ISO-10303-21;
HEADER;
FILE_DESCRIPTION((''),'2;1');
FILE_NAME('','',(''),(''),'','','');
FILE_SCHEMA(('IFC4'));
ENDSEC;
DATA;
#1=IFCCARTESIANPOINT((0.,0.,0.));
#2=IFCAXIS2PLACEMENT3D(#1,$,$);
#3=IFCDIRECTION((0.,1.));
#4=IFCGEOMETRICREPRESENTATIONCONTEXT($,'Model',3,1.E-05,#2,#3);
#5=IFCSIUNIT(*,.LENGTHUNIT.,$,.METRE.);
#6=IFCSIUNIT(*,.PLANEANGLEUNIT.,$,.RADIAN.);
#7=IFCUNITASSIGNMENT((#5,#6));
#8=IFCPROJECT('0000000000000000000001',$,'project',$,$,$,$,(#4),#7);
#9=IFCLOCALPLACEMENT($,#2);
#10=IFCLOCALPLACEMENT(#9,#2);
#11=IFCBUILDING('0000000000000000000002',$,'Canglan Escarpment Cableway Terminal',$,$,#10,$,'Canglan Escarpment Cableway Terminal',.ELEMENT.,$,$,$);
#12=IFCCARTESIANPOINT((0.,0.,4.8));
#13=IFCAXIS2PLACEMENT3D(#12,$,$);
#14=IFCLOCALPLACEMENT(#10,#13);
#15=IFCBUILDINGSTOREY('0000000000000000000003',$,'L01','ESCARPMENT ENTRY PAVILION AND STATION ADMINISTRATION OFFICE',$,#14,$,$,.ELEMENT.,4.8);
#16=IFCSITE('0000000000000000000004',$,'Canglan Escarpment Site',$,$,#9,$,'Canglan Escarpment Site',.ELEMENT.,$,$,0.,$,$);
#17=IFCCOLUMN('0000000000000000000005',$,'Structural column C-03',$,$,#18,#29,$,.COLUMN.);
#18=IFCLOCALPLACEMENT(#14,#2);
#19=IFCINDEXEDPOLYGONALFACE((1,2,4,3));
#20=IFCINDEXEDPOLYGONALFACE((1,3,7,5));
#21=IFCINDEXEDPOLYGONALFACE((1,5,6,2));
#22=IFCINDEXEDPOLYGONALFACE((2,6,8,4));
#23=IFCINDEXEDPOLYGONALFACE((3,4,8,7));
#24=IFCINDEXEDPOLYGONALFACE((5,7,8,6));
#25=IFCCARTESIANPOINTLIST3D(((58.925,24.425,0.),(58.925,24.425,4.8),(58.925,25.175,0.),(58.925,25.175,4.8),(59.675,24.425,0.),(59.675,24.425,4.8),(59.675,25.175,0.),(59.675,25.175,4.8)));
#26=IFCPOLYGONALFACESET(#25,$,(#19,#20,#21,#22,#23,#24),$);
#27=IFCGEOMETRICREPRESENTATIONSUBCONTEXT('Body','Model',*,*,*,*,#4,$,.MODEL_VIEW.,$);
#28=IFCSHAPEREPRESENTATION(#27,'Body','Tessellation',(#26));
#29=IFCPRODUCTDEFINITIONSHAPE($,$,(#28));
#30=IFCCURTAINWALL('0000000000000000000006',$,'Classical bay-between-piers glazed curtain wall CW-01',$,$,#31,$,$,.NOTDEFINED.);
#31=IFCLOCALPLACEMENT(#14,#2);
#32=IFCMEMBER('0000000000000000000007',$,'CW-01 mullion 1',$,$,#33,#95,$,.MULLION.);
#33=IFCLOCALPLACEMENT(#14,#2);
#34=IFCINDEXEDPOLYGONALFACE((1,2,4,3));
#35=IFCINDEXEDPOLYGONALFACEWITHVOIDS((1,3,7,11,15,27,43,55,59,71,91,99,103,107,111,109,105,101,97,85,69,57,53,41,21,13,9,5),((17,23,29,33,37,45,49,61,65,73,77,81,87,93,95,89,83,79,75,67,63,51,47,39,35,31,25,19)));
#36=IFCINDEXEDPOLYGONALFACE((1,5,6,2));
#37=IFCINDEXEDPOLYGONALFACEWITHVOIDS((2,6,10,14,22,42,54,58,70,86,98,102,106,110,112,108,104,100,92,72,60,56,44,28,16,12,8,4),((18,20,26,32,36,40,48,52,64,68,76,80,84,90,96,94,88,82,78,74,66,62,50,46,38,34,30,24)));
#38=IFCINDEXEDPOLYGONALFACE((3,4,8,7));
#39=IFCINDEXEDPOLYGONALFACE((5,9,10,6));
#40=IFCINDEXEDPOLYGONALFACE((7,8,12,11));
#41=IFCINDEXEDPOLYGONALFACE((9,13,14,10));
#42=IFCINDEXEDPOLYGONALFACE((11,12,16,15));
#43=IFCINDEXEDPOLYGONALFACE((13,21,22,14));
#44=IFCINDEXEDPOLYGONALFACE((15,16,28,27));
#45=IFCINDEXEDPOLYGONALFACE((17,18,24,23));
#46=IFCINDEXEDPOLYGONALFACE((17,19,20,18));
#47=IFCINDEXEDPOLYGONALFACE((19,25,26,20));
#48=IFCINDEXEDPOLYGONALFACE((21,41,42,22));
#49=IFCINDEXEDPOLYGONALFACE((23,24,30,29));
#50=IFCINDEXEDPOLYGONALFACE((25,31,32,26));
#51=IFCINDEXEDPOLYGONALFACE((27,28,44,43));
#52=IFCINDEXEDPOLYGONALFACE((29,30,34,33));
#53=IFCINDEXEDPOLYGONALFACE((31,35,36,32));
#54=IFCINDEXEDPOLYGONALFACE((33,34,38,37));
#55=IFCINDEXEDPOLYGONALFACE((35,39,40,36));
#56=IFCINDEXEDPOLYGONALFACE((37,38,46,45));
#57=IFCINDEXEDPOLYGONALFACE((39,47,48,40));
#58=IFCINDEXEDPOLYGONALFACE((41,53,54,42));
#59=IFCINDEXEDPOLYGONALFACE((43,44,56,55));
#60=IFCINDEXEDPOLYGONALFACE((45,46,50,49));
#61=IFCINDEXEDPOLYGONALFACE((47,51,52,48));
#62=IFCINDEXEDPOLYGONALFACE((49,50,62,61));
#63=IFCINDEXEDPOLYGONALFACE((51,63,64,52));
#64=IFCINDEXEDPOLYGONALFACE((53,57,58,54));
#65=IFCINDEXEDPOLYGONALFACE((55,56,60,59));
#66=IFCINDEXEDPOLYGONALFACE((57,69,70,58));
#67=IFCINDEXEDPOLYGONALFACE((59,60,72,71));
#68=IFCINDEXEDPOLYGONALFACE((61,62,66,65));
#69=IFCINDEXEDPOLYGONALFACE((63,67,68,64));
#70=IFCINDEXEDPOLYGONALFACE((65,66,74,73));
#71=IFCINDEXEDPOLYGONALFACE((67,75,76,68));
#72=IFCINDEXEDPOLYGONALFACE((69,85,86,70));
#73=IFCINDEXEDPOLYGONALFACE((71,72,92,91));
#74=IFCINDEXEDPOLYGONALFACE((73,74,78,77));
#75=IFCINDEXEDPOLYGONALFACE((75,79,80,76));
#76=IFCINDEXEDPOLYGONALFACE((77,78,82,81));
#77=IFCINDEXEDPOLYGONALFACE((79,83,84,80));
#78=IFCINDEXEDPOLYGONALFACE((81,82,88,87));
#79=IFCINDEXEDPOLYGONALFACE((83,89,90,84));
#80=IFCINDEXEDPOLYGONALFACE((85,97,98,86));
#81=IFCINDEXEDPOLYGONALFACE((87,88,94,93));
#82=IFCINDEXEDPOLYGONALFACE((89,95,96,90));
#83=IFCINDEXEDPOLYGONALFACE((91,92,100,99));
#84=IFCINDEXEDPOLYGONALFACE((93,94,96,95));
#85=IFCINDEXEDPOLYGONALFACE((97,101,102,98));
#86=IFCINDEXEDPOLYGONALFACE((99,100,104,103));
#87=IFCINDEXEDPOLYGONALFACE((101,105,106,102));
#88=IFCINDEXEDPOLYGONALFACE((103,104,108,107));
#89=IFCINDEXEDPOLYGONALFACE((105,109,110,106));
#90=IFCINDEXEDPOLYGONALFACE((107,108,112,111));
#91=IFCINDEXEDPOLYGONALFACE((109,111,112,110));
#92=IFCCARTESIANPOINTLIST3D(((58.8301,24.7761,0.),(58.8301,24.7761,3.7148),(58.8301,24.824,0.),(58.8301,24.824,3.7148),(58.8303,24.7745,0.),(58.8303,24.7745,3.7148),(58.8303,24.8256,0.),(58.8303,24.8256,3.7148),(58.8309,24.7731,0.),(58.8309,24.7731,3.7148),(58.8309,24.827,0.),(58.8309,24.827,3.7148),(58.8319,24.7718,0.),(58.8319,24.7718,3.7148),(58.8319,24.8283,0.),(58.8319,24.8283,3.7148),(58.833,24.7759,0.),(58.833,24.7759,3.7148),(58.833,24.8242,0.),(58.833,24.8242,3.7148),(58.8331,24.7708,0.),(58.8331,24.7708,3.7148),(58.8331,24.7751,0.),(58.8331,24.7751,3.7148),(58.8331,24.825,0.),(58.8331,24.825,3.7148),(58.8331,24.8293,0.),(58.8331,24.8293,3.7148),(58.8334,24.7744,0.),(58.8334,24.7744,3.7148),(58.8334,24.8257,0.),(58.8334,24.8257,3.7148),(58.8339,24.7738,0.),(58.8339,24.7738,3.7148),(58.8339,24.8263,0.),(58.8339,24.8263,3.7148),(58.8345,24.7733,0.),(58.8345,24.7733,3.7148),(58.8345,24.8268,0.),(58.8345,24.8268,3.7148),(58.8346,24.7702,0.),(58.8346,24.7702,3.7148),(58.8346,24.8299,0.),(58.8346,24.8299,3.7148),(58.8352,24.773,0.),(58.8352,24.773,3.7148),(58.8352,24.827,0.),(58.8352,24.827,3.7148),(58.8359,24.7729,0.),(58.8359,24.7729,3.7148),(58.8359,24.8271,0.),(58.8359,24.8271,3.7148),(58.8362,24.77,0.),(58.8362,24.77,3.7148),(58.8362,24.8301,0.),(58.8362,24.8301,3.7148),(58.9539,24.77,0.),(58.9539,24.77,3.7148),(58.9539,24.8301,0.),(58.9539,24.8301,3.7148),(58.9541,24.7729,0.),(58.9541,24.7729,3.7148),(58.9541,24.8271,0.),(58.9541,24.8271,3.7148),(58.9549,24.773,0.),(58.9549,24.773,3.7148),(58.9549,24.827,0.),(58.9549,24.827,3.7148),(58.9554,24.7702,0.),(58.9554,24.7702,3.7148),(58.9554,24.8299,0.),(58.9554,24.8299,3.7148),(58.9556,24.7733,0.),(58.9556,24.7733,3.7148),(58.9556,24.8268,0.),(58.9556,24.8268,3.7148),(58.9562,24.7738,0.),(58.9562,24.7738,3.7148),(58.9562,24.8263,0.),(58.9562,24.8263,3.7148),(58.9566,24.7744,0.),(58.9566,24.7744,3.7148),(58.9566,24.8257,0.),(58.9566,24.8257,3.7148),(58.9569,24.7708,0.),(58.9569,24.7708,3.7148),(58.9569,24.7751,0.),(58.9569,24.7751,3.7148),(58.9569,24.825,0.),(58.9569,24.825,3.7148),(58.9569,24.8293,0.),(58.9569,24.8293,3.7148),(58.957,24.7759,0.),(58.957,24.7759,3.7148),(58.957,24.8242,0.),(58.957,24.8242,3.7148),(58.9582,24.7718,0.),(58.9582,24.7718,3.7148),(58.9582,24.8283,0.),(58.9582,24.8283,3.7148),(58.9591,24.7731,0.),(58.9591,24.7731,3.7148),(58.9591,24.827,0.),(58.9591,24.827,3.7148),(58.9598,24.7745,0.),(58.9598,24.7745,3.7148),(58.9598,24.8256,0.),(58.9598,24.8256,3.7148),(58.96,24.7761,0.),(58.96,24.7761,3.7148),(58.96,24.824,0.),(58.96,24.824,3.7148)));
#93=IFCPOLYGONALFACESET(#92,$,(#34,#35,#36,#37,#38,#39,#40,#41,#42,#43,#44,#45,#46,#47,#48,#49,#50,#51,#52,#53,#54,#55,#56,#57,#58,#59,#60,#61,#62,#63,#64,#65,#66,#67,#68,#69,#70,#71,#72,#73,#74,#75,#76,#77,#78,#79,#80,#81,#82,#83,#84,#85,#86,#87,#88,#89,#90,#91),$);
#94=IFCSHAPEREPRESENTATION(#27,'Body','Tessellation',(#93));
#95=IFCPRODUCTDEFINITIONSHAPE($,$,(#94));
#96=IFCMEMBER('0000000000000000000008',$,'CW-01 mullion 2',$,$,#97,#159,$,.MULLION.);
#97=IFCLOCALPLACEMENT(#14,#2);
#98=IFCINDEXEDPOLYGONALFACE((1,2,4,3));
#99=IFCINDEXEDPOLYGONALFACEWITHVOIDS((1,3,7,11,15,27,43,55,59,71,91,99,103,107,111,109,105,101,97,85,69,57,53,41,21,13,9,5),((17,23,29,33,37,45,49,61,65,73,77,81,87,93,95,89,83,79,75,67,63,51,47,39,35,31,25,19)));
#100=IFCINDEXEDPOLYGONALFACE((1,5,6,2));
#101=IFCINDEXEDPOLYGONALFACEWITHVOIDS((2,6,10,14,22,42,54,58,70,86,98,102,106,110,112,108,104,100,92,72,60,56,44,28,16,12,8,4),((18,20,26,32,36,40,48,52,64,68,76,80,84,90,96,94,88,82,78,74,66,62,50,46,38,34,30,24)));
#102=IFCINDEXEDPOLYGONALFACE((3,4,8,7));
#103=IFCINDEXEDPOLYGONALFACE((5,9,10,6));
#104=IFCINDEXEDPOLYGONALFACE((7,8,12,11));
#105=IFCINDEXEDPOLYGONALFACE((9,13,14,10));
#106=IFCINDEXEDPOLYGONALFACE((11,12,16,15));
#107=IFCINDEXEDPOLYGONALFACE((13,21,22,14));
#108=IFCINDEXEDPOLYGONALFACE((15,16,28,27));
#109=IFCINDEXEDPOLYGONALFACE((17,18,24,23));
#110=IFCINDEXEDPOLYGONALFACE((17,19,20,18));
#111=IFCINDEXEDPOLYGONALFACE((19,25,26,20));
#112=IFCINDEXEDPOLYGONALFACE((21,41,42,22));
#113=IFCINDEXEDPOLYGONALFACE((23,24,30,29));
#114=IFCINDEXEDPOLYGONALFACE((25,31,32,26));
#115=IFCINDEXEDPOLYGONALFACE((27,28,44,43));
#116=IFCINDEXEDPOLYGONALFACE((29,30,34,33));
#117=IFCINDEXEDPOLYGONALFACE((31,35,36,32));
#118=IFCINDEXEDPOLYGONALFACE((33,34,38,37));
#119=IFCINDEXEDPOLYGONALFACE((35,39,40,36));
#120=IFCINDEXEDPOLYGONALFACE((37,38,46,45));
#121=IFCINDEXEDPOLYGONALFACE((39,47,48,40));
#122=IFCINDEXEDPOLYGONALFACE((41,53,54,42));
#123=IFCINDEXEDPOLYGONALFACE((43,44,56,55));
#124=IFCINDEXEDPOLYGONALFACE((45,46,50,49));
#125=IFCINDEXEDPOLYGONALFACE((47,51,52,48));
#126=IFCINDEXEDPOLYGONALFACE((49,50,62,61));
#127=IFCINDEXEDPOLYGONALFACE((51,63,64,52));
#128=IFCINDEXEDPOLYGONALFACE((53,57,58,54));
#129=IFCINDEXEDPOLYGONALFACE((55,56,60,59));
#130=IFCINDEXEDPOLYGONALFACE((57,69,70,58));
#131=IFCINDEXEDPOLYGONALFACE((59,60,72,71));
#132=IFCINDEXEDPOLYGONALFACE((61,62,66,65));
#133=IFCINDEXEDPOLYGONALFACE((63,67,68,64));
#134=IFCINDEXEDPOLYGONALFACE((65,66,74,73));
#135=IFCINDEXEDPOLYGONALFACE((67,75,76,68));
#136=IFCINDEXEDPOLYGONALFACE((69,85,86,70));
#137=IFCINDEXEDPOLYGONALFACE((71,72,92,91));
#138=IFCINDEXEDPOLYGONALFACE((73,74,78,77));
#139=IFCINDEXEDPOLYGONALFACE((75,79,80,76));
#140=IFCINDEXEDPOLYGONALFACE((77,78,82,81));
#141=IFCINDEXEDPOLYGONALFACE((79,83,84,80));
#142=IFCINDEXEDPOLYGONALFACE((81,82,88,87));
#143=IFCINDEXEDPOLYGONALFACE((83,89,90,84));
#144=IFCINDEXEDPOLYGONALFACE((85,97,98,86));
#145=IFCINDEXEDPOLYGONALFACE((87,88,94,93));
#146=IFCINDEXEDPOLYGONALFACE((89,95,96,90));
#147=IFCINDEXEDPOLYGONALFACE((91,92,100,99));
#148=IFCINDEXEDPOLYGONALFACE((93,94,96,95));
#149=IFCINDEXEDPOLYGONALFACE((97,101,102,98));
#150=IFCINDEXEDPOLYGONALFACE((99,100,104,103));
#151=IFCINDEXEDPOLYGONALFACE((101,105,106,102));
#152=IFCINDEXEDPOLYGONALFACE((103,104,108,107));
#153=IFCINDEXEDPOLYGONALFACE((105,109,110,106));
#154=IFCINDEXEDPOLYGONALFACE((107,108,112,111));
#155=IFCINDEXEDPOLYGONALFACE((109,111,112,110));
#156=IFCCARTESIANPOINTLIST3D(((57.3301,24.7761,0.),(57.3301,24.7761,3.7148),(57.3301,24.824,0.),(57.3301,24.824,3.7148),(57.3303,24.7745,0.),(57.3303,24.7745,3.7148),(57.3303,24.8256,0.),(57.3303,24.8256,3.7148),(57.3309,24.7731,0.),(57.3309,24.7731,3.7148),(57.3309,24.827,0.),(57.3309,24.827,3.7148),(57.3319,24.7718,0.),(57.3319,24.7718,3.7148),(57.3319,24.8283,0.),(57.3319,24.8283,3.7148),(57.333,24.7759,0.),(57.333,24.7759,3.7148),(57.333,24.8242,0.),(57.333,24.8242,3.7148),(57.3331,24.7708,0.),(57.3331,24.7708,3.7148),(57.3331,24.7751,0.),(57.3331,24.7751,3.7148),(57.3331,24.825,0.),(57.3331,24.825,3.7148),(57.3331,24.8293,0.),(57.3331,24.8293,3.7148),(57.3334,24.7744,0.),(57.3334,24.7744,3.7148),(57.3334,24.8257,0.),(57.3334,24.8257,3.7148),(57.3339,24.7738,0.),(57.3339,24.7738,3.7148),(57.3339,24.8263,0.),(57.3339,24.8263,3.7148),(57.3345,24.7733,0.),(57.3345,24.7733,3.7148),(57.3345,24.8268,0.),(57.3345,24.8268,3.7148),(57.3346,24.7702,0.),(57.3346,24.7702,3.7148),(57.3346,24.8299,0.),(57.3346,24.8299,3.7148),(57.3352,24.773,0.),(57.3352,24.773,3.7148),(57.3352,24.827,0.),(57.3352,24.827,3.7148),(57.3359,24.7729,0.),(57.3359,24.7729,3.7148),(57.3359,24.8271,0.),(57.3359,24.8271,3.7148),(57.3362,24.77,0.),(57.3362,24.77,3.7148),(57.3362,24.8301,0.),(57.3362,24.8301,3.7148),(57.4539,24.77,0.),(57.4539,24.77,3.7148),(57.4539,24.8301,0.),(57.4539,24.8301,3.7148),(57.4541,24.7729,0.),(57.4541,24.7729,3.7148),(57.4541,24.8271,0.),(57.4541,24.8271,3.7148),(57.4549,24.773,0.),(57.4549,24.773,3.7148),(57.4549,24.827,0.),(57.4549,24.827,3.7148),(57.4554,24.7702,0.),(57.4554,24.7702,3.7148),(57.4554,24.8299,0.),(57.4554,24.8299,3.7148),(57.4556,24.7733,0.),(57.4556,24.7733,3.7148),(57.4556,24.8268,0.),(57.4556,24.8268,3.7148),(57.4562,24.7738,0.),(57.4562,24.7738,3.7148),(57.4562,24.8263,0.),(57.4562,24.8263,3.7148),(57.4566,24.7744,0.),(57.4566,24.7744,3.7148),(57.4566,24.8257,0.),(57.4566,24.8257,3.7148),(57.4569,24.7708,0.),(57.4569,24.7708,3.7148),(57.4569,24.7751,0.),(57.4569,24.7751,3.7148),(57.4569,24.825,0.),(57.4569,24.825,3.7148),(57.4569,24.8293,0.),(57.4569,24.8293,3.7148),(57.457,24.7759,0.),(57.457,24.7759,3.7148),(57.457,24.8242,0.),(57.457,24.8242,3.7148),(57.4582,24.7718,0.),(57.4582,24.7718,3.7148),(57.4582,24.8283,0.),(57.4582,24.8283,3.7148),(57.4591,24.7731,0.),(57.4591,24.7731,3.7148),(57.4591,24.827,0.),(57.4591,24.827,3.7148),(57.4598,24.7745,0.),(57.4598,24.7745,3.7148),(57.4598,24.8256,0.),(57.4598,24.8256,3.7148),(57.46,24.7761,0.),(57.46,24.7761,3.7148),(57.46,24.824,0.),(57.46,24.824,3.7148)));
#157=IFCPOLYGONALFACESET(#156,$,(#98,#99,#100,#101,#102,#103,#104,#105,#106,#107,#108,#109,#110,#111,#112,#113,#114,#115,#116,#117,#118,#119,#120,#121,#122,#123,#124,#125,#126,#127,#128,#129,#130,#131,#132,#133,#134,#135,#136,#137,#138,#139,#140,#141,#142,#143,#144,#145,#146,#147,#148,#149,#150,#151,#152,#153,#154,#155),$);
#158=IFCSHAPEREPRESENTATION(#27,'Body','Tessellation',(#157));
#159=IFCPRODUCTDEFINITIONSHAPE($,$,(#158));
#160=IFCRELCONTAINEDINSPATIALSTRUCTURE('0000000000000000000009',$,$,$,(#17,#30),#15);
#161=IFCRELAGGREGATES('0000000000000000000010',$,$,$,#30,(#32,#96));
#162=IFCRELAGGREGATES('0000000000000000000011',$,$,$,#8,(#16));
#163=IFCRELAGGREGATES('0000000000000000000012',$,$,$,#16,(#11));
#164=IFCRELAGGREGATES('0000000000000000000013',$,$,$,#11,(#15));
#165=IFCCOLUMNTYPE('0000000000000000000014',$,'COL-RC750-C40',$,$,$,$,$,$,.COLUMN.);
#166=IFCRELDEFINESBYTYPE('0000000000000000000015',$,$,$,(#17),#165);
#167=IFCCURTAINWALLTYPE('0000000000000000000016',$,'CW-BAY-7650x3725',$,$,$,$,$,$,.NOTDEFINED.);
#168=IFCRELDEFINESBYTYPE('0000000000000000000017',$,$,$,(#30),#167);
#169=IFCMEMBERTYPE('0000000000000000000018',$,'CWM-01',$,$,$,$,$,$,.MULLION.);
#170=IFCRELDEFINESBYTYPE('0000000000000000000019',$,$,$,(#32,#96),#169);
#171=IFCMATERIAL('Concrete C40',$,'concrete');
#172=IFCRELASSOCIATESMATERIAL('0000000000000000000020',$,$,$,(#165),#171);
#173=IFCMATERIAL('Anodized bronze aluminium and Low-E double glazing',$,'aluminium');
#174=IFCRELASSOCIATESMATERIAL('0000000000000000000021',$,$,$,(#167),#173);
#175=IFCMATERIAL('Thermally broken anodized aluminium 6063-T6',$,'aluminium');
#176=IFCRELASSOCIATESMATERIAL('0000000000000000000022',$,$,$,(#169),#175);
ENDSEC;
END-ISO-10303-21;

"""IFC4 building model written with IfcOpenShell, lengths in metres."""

from ifc_helpers import new_model, si_unit, direction, frame, origin, origin_2d, place, context, subcontext, project, spatial, rectangle, hollow_rectangle, extrude, material, material_profile, profile_set, type_object, element, aggregate, save


model = new_model("IFC4")

# Units and contexts
model_context = context("Model", 3, precision=1e-05, world=origin(), true_north=direction((0.0, 1.0)))
body_context = subcontext(model_context, "Body", "Model", "MODEL_VIEW")
ifc_project = project(units=[si_unit("LENGTHUNIT", "METRE"), si_unit("PLANEANGLEUNIT", "RADIAN")], contexts=[model_context])

# Site, building, storey
site_placement = place(None, origin())
site = spatial("IfcSite", under=ifc_project, at=site_placement, Name="Canglan Escarpment Site", LongName="Canglan Escarpment Site", CompositionType="ELEMENT", RefElevation=0.0)
building_placement = place(site_placement, origin())
building = spatial("IfcBuilding", under=site, at=building_placement, Name="Canglan Escarpment Cableway Terminal", LongName="Canglan Escarpment Cableway Terminal", CompositionType="ELEMENT")
storey_placement = place(building_placement, frame((0.0, 0.0, 4.8)))
storey = spatial("IfcBuildingStorey", under=building, at=storey_placement, Name="L01", Description="ESCARPMENT ENTRY PAVILION AND STATION ADMINISTRATION OFFICE", CompositionType="ELEMENT", Elevation=4.8)

# Column
ifc_material_1 = material(Name="Concrete C40", Category="concrete")
ifc_material_profile_1 = material_profile(ifc_material_1, rectangle(XDim=0.75, YDim=0.75, at=origin_2d()), Name="RC 750x750")
ifc_profile_set_1 = profile_set([ifc_material_profile_1], Name="Concrete C40")
column_type = type_object("IfcColumnType", Name="COL-RC750-C40", PredefinedType="COLUMN", material=ifc_profile_set_1)
column_placement = place(storey_placement, frame((59.3, 24.8, 0.0), z_axis=(0.0, 0.0, 1.0), x_axis=(1.0, 0.0, 0.0)))
element("IfcColumn", 1, at=column_placement, inside=storey, type_object=column_type, Name="Structural column C-03", PredefinedType="COLUMN", context=body_context, shape_type="SweptSolid", body=[
    extrude(rectangle(XDim=0.75, YDim=0.75, at=origin_2d()), origin(), (0.0, 0.0, 1.0), 4.8),
])

# Curtain wall, members
ifc_material_2 = material(Name="Anodized bronze aluminium and Low-E double glazing", Category="aluminium")
curtain_wall_type = type_object("IfcCurtainWallType", Name="CW-BAY-7650x3725", PredefinedType="NOTDEFINED", material=ifc_material_2)
curtain_wall_placement = place(storey_placement, origin())
curtain_wall = element("IfcCurtainWall", 2, at=curtain_wall_placement, inside=storey, type_object=curtain_wall_type, Name="Classical bay-between-piers glazed curtain wall CW-01", PredefinedType="NOTDEFINED")
ifc_material_3 = material(Name="Thermally broken anodized aluminium 6063-T6", Category="aluminium")
ifc_material_profile_2 = material_profile(ifc_material_3, hollow_rectangle(XDim=0.0601, YDim=0.1299, WallThickness=0.0029, InnerFilletRadius=0.0029, OuterFilletRadius=0.0061, at=origin_2d()), Name="ALU-MULL 60x130x3")
ifc_profile_set_2 = profile_set([ifc_material_profile_2], Name="Thermally broken anodized aluminium 6063-T6")
member_type_1 = type_object("IfcMemberType", Name="CWM-01", PredefinedType="MULLION", material=ifc_profile_set_2)
member_1_placement = place(storey_placement, frame((58.895, 24.8, 0.0), z_axis=(0.0, 0.0, 1.0), x_axis=(0.0, -1.0, 0.0)))
member_1 = element("IfcMember", 3, at=member_1_placement, type_object=member_type_1, Name="CW-01 mullion 1", PredefinedType="MULLION", context=body_context, shape_type="SweptSolid", body=[
    extrude(hollow_rectangle(XDim=0.0601, YDim=0.1299, WallThickness=0.0029, InnerFilletRadius=0.0029, OuterFilletRadius=0.0061, at=origin_2d()), origin(), (0.0, 0.0, 1.0), 3.7148),
])
member_2_placement = place(storey_placement, frame((57.395, 24.8, 0.0), z_axis=(0.0, 0.0, 1.0), x_axis=(0.0, -1.0, 0.0)))
member_2 = element("IfcMember", 4, at=member_2_placement, type_object=member_type_1, Name="CW-01 mullion 2", PredefinedType="MULLION", context=body_context, shape_type="SweptSolid", body=[
    extrude(hollow_rectangle(XDim=0.0601, YDim=0.1299, WallThickness=0.0029, InnerFilletRadius=0.0029, OuterFilletRadius=0.0061, at=origin_2d()), origin(), (0.0, 0.0, 1.0), 3.7148),
])

aggregate(curtain_wall, [member_1, member_2])

save(model, "model.ifc")
